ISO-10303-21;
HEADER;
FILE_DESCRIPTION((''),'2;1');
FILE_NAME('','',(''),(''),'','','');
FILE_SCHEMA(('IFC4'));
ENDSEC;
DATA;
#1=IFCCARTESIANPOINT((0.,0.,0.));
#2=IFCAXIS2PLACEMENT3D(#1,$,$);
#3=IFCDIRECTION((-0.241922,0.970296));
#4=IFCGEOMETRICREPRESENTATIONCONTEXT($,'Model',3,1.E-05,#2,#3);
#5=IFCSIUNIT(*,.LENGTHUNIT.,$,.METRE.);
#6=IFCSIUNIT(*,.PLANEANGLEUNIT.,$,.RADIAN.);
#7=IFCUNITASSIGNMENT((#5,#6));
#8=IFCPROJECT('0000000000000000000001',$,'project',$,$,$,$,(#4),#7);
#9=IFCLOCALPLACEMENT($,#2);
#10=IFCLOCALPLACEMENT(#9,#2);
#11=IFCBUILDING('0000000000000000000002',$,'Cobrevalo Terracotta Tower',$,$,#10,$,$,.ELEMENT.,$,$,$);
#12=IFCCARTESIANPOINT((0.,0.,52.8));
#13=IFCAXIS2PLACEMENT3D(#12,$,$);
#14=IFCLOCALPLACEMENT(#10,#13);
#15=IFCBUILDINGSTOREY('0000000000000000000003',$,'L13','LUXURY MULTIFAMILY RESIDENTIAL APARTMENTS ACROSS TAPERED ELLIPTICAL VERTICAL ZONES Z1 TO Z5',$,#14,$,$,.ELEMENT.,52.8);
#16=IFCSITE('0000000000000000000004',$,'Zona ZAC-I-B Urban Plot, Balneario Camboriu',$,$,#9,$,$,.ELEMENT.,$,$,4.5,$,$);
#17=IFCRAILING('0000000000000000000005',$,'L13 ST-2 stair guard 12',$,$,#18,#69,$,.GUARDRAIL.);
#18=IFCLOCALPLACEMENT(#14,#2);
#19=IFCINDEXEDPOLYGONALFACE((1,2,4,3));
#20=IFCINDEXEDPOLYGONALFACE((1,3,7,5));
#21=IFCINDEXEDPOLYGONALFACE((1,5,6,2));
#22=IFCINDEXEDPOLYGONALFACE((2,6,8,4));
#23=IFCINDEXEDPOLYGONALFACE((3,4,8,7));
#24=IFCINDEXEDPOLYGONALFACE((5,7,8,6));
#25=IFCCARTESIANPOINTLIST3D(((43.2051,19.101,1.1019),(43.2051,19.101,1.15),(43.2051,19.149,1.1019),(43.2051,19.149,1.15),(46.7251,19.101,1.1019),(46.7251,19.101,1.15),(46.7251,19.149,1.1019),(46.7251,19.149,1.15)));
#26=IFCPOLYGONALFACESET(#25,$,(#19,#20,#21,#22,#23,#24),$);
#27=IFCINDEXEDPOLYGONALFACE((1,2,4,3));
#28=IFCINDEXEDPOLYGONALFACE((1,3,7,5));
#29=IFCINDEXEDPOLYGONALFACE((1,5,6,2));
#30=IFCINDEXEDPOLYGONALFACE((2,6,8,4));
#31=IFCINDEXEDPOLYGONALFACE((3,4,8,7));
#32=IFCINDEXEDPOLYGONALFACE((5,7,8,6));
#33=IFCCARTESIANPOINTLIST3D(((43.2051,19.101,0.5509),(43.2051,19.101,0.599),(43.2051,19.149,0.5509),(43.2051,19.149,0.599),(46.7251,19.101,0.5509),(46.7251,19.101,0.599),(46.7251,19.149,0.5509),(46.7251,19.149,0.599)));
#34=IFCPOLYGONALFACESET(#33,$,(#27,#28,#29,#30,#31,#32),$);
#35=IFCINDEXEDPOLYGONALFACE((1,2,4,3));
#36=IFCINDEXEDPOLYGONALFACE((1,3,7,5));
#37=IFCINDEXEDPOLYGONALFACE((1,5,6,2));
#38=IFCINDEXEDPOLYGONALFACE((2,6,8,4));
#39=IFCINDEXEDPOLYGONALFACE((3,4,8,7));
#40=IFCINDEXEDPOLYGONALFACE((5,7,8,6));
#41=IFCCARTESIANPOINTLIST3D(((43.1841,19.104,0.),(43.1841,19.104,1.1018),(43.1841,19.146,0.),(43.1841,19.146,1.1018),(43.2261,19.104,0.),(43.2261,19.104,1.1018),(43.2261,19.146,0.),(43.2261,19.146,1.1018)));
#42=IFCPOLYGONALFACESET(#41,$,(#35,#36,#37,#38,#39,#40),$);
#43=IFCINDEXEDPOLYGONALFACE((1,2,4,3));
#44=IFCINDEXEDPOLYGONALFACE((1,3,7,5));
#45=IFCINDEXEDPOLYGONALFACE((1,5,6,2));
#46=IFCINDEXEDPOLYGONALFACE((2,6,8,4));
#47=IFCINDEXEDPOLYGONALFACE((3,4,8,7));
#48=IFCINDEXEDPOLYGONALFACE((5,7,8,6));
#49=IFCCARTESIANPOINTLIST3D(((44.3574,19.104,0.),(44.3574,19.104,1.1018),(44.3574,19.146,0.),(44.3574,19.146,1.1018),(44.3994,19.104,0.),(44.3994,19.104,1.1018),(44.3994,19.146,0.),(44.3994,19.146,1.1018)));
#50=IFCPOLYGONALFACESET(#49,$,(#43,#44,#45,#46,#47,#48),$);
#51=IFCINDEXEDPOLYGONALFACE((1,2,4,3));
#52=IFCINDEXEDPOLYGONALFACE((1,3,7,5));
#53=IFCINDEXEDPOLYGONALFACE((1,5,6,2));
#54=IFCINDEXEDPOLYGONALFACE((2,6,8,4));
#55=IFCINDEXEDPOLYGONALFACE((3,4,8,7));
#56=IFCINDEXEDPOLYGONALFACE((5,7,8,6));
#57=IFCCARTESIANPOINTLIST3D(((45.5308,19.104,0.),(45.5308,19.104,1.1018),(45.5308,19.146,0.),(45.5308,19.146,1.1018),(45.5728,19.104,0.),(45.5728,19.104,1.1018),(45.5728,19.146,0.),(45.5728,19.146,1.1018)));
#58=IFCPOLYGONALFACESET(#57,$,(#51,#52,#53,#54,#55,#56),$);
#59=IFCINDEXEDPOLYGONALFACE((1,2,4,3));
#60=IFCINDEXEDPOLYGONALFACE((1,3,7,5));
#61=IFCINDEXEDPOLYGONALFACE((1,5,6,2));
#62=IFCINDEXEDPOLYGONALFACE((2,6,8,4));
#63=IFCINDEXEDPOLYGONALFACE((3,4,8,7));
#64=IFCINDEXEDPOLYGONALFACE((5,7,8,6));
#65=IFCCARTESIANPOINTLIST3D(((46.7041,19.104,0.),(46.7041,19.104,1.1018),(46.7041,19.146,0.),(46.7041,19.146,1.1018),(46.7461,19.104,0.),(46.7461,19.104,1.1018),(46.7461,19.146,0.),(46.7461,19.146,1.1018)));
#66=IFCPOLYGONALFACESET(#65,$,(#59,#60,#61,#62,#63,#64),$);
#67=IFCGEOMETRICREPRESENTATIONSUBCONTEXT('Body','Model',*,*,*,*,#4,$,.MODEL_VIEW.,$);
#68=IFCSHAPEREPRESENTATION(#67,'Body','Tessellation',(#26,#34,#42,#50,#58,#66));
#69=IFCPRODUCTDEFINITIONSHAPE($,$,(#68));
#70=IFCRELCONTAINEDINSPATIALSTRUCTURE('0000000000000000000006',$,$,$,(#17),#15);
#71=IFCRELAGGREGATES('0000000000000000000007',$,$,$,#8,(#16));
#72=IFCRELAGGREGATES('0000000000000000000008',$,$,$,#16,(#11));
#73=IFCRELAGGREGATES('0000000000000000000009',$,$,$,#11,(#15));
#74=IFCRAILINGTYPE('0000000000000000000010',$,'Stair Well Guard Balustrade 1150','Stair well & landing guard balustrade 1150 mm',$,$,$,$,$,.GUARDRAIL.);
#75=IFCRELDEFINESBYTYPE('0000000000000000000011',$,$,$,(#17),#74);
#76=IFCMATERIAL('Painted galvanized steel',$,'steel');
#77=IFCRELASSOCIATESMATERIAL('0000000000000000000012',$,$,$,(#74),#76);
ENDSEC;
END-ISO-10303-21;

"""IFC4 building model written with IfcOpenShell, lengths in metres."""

from ifc_helpers import new_model, si_unit, direction, frame, origin, origin_2d, place, context, subcontext, project, spatial, rectangle, extrude, material, type_object, element, save


model = new_model("IFC4")

# Units and contexts
model_context = context("Model", 3, precision=1e-05, world=origin(), true_north=direction((-0.241922, 0.970296)))
body_context = subcontext(model_context, "Body", "Model", "MODEL_VIEW")
ifc_project = project(units=[si_unit("LENGTHUNIT", "METRE"), si_unit("PLANEANGLEUNIT", "RADIAN")], contexts=[model_context])

# Site, building, storey
site_placement = place(None, origin())
site = spatial("IfcSite", under=ifc_project, at=site_placement, Name="Zona ZAC-I-B Urban Plot, Balneario Camboriu", CompositionType="ELEMENT", RefElevation=4.5)
building_placement = place(site_placement, origin())
building = spatial("IfcBuilding", under=site, at=building_placement, Name="Cobrevalo Terracotta Tower", CompositionType="ELEMENT")
storey_placement = place(building_placement, frame((0.0, 0.0, 52.8)))
storey = spatial("IfcBuildingStorey", under=building, at=storey_placement, Name="L13", Description="LUXURY MULTIFAMILY RESIDENTIAL APARTMENTS ACROSS TAPERED ELLIPTICAL VERTICAL ZONES Z1 TO Z5", CompositionType="ELEMENT", Elevation=52.8)

# Railing
ifc_material_1 = material(Name="Painted galvanized steel", Category="steel")
railing_type_1 = type_object("IfcRailingType", Name="Stair Well Guard Balustrade 1150", Description="Stair well & landing guard balustrade 1150 mm", PredefinedType="GUARDRAIL", material=ifc_material_1)
railing_1_placement = place(storey_placement, frame((43.2051, 19.125, 0.0)))
element("IfcRailing", 1, at=railing_1_placement, inside=storey, type_object=railing_type_1, Name="L13 ST-2 stair guard 12", PredefinedType="GUARDRAIL", context=body_context, shape_type="SweptSolid", body=[
    extrude(rectangle(XDim=0.0481, YDim=0.0481, at=origin_2d()), frame((0.0, 0.0, 1.126), z_axis=(1.0, 0.0, 0.0), x_axis=(0.0, 1.0, 0.0)), (0.0, 0.0, 1.0), 3.52),
    extrude(rectangle(XDim=0.0481, YDim=0.0481, at=origin_2d()), frame((0.0, 0.0, 0.575), z_axis=(1.0, 0.0, 0.0), x_axis=(0.0, 1.0, 0.0)), (0.0, 0.0, 1.0), 3.52),
    extrude(rectangle(XDim=0.042, YDim=0.042, at=origin_2d()), origin(), (0.0, 0.0, 1.0), 1.1018),
    extrude(rectangle(XDim=0.042, YDim=0.042, at=origin_2d()), frame((1.1733, 0.0, 0.0)), (0.0, 0.0, 1.0), 1.1018),
    extrude(rectangle(XDim=0.042, YDim=0.042, at=origin_2d()), frame((2.3467, 0.0, 0.0)), (0.0, 0.0, 1.0), 1.1018),
    extrude(rectangle(XDim=0.042, YDim=0.042, at=origin_2d()), frame((3.52, 0.0, 0.0)), (0.0, 0.0, 1.0), 1.1018),
])

save(model, "model.ifc")
